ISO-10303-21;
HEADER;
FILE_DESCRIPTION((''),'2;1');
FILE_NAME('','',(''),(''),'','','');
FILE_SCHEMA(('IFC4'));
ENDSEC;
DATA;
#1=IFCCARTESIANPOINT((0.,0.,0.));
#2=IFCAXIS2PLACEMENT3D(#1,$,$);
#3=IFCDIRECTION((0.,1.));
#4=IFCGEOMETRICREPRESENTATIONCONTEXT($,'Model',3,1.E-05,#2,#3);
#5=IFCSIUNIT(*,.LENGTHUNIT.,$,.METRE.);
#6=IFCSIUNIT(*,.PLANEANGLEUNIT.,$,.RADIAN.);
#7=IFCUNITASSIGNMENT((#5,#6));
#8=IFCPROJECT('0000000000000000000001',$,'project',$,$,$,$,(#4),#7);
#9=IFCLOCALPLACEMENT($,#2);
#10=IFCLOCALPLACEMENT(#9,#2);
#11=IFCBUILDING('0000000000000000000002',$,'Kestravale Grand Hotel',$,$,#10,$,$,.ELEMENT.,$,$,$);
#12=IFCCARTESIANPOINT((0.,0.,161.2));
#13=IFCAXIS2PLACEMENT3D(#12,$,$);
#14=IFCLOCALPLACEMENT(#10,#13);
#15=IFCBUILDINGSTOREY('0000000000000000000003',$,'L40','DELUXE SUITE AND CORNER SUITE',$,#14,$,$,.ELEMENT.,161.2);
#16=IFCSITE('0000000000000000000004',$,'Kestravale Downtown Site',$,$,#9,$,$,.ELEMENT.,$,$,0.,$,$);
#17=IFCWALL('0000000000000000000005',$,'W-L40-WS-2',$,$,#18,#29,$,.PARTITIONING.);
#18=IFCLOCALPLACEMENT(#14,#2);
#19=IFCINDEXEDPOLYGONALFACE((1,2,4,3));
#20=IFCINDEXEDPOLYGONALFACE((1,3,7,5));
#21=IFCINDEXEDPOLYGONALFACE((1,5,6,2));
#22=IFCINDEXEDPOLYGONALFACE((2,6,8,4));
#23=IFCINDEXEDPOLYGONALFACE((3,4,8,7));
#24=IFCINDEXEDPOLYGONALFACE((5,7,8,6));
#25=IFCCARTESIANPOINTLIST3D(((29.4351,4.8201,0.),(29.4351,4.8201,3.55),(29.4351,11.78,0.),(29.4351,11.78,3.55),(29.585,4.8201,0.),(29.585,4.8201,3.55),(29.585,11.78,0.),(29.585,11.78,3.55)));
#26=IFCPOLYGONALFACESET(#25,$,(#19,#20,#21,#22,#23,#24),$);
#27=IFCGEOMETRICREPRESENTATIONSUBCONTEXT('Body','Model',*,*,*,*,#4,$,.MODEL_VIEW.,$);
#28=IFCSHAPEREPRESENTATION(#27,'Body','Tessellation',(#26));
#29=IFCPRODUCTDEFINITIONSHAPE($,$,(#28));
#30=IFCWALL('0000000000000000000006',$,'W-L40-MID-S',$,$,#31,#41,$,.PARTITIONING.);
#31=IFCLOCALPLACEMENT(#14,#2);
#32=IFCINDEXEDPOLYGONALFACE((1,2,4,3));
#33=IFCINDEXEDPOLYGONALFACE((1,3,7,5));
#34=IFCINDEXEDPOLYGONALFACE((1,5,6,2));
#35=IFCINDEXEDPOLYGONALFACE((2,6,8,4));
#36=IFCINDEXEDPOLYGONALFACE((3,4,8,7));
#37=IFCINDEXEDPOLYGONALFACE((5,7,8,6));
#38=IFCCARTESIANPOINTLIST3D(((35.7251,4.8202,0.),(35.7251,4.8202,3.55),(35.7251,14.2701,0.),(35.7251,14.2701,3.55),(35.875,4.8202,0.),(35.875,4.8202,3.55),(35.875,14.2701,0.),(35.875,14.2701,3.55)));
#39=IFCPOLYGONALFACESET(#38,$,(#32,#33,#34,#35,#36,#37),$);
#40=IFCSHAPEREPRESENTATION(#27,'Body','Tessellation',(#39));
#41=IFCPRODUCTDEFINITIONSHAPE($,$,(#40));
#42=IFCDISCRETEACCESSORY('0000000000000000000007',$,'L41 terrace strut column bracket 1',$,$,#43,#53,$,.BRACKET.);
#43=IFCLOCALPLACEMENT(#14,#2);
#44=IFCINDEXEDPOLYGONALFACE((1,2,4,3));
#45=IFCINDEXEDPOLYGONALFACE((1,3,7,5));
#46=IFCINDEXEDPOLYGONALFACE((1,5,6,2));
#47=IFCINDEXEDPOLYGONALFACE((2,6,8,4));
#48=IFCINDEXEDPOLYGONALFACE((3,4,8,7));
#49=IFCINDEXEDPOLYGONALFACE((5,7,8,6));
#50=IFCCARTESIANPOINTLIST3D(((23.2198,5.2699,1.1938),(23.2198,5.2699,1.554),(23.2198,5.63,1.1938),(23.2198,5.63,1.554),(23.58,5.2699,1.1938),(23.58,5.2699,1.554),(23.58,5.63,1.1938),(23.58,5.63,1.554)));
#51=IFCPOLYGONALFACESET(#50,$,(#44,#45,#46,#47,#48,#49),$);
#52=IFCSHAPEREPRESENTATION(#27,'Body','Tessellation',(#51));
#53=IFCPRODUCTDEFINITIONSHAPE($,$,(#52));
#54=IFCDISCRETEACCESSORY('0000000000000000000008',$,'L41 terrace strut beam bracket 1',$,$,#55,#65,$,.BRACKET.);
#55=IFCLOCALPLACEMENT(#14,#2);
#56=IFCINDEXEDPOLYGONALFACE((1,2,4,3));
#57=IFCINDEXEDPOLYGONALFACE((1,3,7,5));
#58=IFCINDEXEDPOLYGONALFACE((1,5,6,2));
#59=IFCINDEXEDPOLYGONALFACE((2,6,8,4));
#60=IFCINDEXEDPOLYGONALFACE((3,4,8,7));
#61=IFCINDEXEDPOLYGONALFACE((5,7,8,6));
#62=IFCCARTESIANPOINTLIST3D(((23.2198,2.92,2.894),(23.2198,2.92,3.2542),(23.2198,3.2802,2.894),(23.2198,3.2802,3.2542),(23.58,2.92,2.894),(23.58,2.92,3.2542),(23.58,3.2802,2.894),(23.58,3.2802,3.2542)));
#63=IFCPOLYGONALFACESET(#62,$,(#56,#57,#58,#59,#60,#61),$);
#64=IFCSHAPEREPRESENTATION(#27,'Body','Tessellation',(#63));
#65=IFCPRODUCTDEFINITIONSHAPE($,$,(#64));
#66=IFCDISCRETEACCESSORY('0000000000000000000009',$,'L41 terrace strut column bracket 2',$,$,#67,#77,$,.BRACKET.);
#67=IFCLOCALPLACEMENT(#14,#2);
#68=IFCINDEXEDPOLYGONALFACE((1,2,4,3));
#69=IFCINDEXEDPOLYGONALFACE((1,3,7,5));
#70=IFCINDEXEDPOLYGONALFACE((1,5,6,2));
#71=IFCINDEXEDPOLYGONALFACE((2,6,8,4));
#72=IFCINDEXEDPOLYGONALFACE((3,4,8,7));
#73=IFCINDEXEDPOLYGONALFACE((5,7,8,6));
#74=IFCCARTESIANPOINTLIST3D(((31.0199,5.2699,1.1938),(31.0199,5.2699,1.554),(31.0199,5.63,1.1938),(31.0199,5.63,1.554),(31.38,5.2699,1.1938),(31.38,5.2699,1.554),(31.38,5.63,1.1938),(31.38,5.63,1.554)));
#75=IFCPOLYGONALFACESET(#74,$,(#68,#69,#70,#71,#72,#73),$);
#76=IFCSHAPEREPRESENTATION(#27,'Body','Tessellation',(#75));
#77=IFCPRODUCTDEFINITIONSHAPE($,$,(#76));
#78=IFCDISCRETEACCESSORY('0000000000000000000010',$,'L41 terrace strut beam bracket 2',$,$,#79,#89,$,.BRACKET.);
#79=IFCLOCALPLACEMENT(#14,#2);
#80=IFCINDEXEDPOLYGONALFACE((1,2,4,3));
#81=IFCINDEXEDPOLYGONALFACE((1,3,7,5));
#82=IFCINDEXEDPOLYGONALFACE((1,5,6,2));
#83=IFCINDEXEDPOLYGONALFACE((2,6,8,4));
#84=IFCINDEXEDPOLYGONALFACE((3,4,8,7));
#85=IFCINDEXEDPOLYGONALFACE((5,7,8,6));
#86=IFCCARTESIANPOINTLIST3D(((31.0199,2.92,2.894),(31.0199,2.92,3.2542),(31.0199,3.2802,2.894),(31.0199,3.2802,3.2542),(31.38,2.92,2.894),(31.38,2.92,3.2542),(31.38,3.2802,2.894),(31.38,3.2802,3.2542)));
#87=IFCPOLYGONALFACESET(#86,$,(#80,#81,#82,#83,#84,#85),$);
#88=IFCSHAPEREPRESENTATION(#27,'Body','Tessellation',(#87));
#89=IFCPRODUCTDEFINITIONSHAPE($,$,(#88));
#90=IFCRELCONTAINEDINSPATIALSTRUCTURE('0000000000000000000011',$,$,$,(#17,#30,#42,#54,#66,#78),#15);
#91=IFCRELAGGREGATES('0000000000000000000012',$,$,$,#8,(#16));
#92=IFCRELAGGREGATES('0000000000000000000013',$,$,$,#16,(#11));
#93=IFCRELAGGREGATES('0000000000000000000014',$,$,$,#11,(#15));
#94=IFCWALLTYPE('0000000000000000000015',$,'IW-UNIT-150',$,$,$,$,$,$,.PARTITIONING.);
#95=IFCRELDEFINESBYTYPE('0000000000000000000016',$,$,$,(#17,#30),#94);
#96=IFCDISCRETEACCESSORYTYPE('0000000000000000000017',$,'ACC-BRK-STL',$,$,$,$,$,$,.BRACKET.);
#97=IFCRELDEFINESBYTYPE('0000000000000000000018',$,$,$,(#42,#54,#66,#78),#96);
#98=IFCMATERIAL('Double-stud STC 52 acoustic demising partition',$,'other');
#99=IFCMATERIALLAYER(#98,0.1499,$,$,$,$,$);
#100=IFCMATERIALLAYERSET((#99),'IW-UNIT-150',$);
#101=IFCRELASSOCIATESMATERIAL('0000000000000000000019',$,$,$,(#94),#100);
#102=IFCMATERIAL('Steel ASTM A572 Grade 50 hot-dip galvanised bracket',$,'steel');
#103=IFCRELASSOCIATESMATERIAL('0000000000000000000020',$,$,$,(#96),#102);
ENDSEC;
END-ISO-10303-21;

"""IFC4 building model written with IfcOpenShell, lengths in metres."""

from ifc_helpers import new_model, si_unit, direction, frame, frame_2d, origin, origin_2d, place, context, subcontext, project, spatial, rectangle, extrude, material, layer, layer_set, type_object, element, save


model = new_model("IFC4")

# Units and contexts
model_context = context("Model", 3, precision=1e-05, world=origin(), true_north=direction((0.0, 1.0)))
body_context = subcontext(model_context, "Body", "Model", "MODEL_VIEW")
ifc_project = project(units=[si_unit("LENGTHUNIT", "METRE"), si_unit("PLANEANGLEUNIT", "RADIAN")], contexts=[model_context])

# Site, building, storey
site_placement = place(None, origin())
site = spatial("IfcSite", under=ifc_project, at=site_placement, Name="Kestravale Downtown Site", CompositionType="ELEMENT", RefElevation=0.0)
building_placement = place(site_placement, origin())
building = spatial("IfcBuilding", under=site, at=building_placement, Name="Kestravale Grand Hotel", CompositionType="ELEMENT")
storey_placement = place(building_placement, frame((0.0, 0.0, 161.2)))
storey = spatial("IfcBuildingStorey", under=building, at=storey_placement, Name="L40", Description="DELUXE SUITE AND CORNER SUITE", CompositionType="ELEMENT", Elevation=161.2)

# Walls
ifc_material_1 = material(Name="Double-stud STC 52 acoustic demising partition", Category="other")
ifc_layer = layer(ifc_material_1, 0.1499)
ifc_layer_set = layer_set([ifc_layer], Name="IW-UNIT-150")
wall_type = type_object("IfcWallType", Name="IW-UNIT-150", PredefinedType="PARTITIONING", material=ifc_layer_set)
wall_1_placement = place(storey_placement, frame((29.51, 4.8201, 0.0), z_axis=(0.0, 0.0, 1.0), x_axis=(0.0, 1.0, 0.0)))
element("IfcWall", 1, at=wall_1_placement, inside=storey, type_object=wall_type, Name="W-L40-WS-2", PredefinedType="PARTITIONING", context=body_context, shape_type="SweptSolid", body=[
    extrude(rectangle(XDim=6.96, YDim=0.1499, at=frame_2d((3.48, 0.0))), origin(), (0.0, 0.0, 1.0), 3.55),
])
wall_2_placement = place(storey_placement, frame((35.8, 4.8201, 0.0), z_axis=(0.0, 0.0, 1.0), x_axis=(0.0, 1.0, 0.0)))
element("IfcWall", 2, at=wall_2_placement, inside=storey, type_object=wall_type, Name="W-L40-MID-S", PredefinedType="PARTITIONING", context=body_context, shape_type="SweptSolid", body=[
    extrude(rectangle(XDim=9.45, YDim=0.1499, at=frame_2d((4.7251, 0.0))), origin(), (0.0, 0.0, 1.0), 3.55),
])

# Discrete accessories
ifc_material_2 = material(Name="Steel ASTM A572 Grade 50 hot-dip galvanised bracket", Category="steel")
discrete_accessory_type = type_object("IfcDiscreteAccessoryType", Name="ACC-BRK-STL", PredefinedType="BRACKET", material=ifc_material_2)
for number, where, z_axis, x_axis, name in (
    (3, (23.3999, 5.45, 1.1938), (0.0, 0.0, 1.0), (1.0, 0.0, 0.0), "L41 terrace strut column bracket 1"),
    (4, (23.3999, 3.1001, 2.894), (0.0, 0.0, 1.0), (1.0, 0.0, 0.0), "L41 terrace strut beam bracket 1"),
    (5, (31.2, 5.45, 1.1938), (0.0, 0.0, 1.0), (1.0, 0.0, 0.0), "L41 terrace strut column bracket 2"),
    (6, (31.2, 3.1001, 2.894), (0.0, 0.0, 1.0), (1.0, 0.0, 0.0), "L41 terrace strut beam bracket 2"),
):
    element("IfcDiscreteAccessory", number, at=place(storey_placement, frame(where, z_axis=z_axis, x_axis=x_axis)), inside=storey, type_object=discrete_accessory_type, Name=name, PredefinedType="BRACKET", context=body_context, shape_type="SweptSolid", body=[
        extrude(rectangle(XDim=0.3601, YDim=0.3601, at=origin_2d()), origin(), (0.0, 0.0, 1.0), 0.3601),
    ])

save(model, "model.ifc")
